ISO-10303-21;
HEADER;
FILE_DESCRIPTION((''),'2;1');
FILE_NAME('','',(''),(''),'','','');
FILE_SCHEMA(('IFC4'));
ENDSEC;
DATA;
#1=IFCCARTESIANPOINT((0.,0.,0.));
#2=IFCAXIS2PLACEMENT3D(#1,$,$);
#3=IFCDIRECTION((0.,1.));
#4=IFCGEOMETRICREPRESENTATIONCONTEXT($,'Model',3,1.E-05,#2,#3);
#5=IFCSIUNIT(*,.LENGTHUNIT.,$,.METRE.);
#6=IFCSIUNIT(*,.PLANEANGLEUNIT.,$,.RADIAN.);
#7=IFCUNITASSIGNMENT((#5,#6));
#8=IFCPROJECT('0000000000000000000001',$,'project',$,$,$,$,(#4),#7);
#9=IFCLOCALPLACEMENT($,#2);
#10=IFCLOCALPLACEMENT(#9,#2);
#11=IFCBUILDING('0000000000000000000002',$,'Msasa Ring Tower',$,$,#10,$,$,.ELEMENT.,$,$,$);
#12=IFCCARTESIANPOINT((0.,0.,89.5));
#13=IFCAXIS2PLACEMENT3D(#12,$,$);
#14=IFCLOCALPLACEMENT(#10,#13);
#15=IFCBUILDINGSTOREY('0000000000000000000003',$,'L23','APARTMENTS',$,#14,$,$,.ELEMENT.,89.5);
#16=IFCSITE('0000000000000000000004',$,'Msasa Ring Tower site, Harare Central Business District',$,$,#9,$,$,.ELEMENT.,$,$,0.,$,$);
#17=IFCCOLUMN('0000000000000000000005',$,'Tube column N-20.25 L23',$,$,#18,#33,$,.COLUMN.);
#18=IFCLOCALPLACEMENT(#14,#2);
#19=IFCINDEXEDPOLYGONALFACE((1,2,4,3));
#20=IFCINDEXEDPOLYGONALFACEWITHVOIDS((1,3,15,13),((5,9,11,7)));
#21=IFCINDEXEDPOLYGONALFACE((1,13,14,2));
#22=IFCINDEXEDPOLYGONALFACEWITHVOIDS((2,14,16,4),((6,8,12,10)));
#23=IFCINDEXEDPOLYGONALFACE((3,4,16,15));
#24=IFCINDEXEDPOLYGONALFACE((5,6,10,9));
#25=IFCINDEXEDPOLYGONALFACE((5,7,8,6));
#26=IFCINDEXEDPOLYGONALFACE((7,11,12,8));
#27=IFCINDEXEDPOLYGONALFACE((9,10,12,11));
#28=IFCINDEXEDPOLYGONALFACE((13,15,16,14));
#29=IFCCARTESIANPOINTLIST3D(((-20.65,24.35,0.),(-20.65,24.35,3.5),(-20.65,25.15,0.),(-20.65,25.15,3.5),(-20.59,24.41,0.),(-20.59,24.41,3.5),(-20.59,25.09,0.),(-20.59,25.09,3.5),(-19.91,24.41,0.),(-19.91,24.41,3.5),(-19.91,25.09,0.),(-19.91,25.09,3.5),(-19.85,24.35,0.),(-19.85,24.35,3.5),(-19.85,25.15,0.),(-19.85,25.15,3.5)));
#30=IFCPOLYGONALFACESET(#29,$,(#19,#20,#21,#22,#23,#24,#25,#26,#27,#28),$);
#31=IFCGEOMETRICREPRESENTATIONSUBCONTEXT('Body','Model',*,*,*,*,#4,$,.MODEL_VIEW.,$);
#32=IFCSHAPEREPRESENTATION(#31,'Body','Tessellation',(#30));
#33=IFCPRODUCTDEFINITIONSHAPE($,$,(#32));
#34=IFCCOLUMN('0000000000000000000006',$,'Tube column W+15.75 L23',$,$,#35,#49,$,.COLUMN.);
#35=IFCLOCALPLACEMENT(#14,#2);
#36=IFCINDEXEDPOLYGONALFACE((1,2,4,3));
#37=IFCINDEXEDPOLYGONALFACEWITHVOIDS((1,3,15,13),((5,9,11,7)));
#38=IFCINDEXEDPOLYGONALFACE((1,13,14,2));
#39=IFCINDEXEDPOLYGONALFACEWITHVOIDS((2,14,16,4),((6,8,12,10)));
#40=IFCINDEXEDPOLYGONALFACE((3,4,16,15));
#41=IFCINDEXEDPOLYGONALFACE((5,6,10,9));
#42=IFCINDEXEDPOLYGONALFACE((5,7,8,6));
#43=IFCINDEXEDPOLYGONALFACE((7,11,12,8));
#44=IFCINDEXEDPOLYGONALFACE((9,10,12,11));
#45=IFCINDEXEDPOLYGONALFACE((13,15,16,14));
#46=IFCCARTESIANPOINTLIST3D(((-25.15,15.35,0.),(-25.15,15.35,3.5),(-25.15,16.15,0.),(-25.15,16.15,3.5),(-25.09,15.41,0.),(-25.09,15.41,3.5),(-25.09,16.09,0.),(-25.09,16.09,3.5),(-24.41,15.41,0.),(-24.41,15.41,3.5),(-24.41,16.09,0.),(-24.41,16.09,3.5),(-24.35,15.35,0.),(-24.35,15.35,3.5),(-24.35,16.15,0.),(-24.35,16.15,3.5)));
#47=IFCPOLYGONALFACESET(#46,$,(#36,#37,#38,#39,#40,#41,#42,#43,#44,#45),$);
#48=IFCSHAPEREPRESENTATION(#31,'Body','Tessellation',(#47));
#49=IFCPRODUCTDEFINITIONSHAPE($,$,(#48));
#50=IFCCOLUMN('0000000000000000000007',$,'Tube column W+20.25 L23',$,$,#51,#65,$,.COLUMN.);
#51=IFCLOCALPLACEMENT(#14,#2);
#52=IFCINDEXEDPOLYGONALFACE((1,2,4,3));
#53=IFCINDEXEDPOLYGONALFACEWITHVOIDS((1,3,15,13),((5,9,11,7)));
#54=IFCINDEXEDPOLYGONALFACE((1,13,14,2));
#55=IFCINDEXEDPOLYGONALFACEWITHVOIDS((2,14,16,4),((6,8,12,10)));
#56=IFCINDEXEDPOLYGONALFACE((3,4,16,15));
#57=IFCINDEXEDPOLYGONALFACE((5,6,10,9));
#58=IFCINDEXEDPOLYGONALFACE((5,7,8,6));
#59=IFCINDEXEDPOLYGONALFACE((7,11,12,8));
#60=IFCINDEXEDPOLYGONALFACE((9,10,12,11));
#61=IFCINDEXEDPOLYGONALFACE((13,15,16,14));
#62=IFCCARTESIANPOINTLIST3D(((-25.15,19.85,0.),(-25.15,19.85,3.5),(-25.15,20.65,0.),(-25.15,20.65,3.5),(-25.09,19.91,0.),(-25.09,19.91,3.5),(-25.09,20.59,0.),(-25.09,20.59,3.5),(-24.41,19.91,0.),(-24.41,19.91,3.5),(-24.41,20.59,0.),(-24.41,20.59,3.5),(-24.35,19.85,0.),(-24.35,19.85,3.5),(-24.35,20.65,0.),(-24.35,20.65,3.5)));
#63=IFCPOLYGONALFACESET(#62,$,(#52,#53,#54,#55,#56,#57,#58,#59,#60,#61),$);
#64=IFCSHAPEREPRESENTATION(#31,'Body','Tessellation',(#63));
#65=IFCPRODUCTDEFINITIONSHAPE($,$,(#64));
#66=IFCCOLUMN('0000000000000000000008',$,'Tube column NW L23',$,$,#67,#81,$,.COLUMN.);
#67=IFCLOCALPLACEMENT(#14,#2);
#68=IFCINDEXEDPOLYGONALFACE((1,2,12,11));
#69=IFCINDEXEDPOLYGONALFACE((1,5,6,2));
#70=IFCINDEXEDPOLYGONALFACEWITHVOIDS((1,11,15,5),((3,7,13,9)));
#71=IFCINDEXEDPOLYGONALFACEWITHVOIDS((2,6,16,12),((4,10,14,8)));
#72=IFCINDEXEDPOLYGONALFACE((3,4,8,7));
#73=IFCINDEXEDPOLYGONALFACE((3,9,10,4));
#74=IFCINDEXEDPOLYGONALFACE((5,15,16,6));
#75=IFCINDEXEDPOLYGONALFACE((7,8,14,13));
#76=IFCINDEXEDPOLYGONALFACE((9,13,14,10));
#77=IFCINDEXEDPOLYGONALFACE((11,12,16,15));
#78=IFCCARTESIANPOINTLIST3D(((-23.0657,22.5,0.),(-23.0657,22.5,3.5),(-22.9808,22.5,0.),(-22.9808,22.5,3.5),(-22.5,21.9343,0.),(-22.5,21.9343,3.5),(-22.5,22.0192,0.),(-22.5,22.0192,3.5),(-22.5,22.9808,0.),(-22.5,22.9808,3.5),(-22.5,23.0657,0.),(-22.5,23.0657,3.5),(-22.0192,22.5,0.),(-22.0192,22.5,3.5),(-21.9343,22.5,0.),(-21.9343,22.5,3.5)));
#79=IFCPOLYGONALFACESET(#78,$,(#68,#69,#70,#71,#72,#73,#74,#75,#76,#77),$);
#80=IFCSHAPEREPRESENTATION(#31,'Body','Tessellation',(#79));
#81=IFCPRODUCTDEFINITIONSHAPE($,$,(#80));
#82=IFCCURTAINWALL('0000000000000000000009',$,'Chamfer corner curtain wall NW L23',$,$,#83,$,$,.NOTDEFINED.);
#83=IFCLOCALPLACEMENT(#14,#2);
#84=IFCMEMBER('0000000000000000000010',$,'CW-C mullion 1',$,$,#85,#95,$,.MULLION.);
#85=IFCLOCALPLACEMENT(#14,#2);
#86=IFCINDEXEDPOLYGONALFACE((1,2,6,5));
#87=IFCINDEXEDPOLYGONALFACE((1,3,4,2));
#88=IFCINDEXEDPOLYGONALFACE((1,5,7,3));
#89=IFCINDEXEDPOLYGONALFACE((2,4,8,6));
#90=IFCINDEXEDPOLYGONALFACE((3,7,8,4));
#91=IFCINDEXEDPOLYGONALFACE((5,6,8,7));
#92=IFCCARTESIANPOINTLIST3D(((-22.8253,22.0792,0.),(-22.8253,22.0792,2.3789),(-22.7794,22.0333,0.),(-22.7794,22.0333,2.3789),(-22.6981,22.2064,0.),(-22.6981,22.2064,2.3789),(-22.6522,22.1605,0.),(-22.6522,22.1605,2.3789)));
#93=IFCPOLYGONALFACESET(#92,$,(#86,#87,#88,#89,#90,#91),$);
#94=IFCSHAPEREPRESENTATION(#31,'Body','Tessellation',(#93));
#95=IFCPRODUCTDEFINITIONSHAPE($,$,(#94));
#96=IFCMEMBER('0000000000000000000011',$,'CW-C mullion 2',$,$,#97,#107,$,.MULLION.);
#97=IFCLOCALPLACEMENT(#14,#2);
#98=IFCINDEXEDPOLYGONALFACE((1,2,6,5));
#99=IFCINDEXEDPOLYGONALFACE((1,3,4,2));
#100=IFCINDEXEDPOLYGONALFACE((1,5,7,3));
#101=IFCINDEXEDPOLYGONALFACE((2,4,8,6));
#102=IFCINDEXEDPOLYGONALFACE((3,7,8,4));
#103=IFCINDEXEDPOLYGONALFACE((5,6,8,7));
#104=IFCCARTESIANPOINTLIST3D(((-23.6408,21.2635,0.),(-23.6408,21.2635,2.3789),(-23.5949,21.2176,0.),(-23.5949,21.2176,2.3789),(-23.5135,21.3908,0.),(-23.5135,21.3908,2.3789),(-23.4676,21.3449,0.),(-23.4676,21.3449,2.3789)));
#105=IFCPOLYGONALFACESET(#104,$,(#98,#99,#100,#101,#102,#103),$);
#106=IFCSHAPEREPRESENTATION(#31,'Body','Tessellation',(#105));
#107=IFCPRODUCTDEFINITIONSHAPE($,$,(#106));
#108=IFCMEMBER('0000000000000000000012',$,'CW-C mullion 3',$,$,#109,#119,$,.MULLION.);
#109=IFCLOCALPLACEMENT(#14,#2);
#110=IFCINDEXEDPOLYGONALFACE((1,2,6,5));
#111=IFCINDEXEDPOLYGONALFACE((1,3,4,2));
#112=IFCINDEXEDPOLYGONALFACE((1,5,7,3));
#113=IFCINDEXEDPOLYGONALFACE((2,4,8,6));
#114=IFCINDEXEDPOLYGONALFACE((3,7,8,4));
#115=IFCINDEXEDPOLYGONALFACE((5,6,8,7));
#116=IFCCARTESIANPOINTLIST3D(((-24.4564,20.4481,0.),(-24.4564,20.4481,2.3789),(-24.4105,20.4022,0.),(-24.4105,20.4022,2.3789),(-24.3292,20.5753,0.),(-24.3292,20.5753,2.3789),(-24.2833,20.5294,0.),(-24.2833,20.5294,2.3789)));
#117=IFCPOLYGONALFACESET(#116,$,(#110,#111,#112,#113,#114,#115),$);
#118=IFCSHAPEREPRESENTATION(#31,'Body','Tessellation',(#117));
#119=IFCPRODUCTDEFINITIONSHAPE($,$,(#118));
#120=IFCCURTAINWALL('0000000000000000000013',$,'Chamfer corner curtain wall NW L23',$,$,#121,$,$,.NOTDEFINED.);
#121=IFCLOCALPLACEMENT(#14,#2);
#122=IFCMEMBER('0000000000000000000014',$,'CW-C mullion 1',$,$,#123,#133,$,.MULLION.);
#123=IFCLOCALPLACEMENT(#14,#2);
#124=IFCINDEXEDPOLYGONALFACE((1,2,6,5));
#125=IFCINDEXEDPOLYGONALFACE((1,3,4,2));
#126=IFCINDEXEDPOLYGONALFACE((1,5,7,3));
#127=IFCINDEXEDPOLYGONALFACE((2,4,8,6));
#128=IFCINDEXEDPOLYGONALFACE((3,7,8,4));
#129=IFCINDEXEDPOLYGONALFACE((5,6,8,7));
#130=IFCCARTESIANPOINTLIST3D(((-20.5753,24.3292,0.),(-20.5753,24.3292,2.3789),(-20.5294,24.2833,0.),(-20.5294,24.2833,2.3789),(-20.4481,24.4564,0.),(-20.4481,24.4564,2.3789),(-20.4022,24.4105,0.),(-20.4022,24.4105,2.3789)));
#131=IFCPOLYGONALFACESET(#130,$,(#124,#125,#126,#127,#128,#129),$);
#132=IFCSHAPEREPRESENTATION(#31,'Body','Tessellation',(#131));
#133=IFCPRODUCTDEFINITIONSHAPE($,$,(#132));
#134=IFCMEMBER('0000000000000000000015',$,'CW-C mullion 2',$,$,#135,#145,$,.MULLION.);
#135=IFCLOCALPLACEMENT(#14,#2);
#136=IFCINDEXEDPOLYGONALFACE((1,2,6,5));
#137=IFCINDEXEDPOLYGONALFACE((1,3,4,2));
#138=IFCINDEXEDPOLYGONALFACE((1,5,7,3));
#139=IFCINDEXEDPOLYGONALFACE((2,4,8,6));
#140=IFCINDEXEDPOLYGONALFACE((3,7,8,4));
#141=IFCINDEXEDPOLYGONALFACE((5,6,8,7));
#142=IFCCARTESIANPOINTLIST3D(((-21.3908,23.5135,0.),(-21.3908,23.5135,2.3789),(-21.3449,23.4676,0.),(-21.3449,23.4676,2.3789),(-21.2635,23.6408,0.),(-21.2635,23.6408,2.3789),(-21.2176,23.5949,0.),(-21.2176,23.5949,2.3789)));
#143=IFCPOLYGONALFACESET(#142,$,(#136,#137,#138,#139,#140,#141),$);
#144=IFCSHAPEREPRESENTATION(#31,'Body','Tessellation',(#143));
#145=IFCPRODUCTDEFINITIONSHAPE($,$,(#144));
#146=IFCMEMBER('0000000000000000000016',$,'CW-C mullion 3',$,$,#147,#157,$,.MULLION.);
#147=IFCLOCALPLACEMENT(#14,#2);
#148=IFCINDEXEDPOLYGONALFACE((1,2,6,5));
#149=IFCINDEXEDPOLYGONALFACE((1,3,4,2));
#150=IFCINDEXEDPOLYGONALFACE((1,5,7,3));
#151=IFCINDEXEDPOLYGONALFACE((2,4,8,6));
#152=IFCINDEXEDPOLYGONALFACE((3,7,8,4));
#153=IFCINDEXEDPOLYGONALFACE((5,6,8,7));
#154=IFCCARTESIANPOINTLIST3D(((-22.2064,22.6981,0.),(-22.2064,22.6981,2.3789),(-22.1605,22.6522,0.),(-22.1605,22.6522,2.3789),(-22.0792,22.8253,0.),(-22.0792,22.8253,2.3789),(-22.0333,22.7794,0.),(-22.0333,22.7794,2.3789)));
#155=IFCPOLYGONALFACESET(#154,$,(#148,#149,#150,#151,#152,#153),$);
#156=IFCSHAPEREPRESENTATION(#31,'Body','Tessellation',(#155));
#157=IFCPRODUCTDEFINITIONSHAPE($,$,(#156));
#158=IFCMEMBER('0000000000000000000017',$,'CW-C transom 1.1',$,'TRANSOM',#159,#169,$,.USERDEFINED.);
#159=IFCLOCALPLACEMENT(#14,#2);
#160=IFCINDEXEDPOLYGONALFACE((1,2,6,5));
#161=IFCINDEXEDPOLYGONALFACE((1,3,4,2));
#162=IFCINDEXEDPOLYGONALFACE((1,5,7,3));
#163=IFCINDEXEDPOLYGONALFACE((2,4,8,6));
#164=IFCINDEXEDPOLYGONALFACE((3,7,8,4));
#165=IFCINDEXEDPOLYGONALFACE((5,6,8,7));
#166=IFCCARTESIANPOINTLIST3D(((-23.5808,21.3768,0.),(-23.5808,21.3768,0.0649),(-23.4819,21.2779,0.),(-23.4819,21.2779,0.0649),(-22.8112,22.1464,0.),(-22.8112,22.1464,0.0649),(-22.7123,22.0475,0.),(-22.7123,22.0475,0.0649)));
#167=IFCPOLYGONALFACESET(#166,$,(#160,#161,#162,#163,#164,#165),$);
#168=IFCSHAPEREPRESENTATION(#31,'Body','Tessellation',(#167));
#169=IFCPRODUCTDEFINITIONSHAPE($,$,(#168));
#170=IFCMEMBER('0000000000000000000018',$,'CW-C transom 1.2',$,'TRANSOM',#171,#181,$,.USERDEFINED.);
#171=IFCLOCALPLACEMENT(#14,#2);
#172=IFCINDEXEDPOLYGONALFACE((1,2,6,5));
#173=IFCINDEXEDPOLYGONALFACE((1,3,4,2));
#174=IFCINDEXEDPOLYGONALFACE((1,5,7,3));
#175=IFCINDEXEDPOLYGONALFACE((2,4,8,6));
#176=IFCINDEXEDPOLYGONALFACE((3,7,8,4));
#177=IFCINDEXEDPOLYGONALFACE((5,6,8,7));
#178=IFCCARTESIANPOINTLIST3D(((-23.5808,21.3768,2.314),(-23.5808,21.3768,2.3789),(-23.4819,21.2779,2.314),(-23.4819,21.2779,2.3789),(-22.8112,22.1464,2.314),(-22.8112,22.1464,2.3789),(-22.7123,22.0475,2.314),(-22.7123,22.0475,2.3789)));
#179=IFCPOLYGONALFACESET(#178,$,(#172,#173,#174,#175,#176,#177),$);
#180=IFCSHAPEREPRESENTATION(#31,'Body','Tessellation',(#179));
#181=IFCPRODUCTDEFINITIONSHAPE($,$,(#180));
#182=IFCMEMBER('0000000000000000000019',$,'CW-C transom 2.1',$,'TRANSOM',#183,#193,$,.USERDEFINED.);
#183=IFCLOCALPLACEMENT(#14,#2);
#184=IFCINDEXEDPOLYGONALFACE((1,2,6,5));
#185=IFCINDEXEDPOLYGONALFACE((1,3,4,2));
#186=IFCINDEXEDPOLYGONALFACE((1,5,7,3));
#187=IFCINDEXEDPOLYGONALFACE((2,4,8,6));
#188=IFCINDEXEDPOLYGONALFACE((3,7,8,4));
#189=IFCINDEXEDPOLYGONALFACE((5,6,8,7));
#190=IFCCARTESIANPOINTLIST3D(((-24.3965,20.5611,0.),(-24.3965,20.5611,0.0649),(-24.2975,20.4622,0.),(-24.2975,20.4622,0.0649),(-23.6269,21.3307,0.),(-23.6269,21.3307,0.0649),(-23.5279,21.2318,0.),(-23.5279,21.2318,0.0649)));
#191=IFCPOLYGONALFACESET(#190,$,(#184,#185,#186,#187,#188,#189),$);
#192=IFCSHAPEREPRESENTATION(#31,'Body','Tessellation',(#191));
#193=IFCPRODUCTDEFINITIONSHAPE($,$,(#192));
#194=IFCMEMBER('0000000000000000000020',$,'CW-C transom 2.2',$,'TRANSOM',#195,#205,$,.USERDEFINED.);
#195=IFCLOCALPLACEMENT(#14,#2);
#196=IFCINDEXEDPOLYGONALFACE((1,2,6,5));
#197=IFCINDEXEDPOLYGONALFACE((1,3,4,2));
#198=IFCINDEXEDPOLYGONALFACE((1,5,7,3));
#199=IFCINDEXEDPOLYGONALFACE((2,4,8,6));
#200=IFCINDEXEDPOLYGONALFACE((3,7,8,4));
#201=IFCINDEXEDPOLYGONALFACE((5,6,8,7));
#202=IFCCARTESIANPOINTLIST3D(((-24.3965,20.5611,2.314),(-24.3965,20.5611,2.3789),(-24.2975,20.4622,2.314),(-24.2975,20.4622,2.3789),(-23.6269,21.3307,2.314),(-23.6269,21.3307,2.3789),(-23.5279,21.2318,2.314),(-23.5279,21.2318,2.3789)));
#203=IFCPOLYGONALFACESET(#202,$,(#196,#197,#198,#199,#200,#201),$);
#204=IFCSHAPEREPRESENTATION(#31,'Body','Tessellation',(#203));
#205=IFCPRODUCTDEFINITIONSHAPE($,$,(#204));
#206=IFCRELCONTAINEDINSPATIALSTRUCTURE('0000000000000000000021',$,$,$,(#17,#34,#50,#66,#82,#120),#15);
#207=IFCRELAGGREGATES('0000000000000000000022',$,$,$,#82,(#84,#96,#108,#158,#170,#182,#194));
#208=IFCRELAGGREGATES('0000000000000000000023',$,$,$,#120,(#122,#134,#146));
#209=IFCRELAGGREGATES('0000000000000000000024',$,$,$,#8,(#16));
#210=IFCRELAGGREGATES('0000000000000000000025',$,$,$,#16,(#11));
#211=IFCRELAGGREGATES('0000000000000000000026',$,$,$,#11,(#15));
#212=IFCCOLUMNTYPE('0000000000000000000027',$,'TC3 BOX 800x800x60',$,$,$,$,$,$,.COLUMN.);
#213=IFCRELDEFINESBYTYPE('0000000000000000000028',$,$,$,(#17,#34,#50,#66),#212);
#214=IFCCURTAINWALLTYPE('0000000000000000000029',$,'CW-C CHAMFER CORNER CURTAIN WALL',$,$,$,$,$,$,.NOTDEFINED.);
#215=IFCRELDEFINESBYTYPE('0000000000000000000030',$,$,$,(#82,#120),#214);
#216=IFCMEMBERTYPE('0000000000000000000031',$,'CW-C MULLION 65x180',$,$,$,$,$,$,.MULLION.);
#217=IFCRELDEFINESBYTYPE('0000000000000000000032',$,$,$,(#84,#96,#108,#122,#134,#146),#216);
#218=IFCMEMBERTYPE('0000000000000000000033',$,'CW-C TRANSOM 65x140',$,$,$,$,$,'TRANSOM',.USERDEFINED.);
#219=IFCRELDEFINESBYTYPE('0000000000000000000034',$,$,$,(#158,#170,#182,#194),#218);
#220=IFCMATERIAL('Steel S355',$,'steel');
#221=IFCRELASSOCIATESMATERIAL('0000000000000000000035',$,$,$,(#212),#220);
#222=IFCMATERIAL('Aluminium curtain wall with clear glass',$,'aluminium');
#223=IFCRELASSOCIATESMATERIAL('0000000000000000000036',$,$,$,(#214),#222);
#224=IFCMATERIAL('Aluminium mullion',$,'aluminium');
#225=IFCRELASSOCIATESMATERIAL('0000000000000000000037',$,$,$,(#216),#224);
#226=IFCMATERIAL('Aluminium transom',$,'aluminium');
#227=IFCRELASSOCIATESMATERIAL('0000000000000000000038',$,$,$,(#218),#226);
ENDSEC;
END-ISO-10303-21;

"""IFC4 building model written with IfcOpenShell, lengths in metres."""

from ifc_helpers import new_model, si_unit, direction, frame, origin, origin_2d, place, context, subcontext, project, spatial, rectangle, hollow_rectangle, extrude, material, material_profile, profile_set, type_object, element, aggregate, save


model = new_model("IFC4")

# Units and contexts
model_context = context("Model", 3, precision=1e-05, world=origin(), true_north=direction((0.0, 1.0)))
body_context = subcontext(model_context, "Body", "Model", "MODEL_VIEW")
ifc_project = project(units=[si_unit("LENGTHUNIT", "METRE"), si_unit("PLANEANGLEUNIT", "RADIAN")], contexts=[model_context])

# Site, building, storey
site_placement = place(None, origin())
site = spatial("IfcSite", under=ifc_project, at=site_placement, Name="Msasa Ring Tower site, Harare Central Business District", CompositionType="ELEMENT", RefElevation=0.0)
building_placement = place(site_placement, origin())
building = spatial("IfcBuilding", under=site, at=building_placement, Name="Msasa Ring Tower", CompositionType="ELEMENT")
storey_placement = place(building_placement, frame((0.0, 0.0, 89.5)))
storey = spatial("IfcBuildingStorey", under=building, at=storey_placement, Name="L23", Description="APARTMENTS", CompositionType="ELEMENT", Elevation=89.5)

# Columns
ifc_material_1 = material(Name="Steel S355", Category="steel")
ifc_material_profile_1 = material_profile(ifc_material_1, hollow_rectangle(XDim=0.8, YDim=0.8, WallThickness=0.0601, at=origin_2d()), Name="BOX 800x800x60")
ifc_profile_set_1 = profile_set([ifc_material_profile_1], Name="Steel S355")
column_type = type_object("IfcColumnType", Name="TC3 BOX 800x800x60", PredefinedType="COLUMN", material=ifc_profile_set_1)
for number, where, z_axis, x_axis, name in (
    (1, (-20.25, 24.75, 0.0), (0.0, 0.0, 1.0), (0.0, 1.0, 0.0), "Tube column N-20.25 L23"),
    (2, (-24.75, 15.75, 0.0), (0.0, 0.0, 1.0), (1.0, 0.0, 0.0), "Tube column W+15.75 L23"),
    (3, (-24.75, 20.25, 0.0), (0.0, 0.0, 1.0), (1.0, 0.0, 0.0), "Tube column W+20.25 L23"),
    (4, (-22.5, 22.5, 0.0), (0.0, 0.0, 1.0), (0.707107, -0.707107, 0.0), "Tube column NW L23"),
):
    element("IfcColumn", number, at=place(storey_placement, frame(where, z_axis=z_axis, x_axis=x_axis)), inside=storey, type_object=column_type, Name=name, PredefinedType="COLUMN", context=body_context, shape_type="SweptSolid", body=[
        extrude(hollow_rectangle(XDim=0.8, YDim=0.8, WallThickness=0.0601, at=origin_2d()), origin(), (0.0, 0.0, 1.0), 3.5),
    ])

# Curtain walls, members
ifc_material_2 = material(Name="Aluminium curtain wall with clear glass", Category="aluminium")
curtain_wall_type = type_object("IfcCurtainWallType", Name="CW-C CHAMFER CORNER CURTAIN WALL", PredefinedType="NOTDEFINED", material=ifc_material_2)
curtain_wall_1_placement = place(storey_placement, origin())
curtain_wall_1 = element("IfcCurtainWall", 5, at=curtain_wall_1_placement, inside=storey, type_object=curtain_wall_type, Name="Chamfer corner curtain wall NW L23", PredefinedType="NOTDEFINED")
ifc_material_3 = material(Name="Aluminium mullion", Category="aluminium")
ifc_material_profile_2 = material_profile(ifc_material_3, rectangle(XDim=0.0649, YDim=0.1799, at=origin_2d()), Name="AL 65x180")
ifc_profile_set_2 = profile_set([ifc_material_profile_2], Name="Aluminium mullion")
member_type_1 = type_object("IfcMemberType", Name="CW-C MULLION 65x180", PredefinedType="MULLION", material=ifc_profile_set_2)
member_1_placement = place(storey_placement, frame((-22.7388, 22.1199, 0.0), z_axis=(0.0, 0.0, 1.0), x_axis=(0.707107, -0.707107, 0.0)))
member_1 = element("IfcMember", 6, at=member_1_placement, type_object=member_type_1, Name="CW-C mullion 1", PredefinedType="MULLION", context=body_context, shape_type="SweptSolid", body=[
    extrude(rectangle(XDim=0.0649, YDim=0.1799, at=origin_2d()), origin(), (0.0, 0.0, 1.0), 2.3789),
])
member_2_placement = place(storey_placement, frame((-23.5542, 21.3042, 0.0), z_axis=(0.0, 0.0, 1.0), x_axis=(0.707107, -0.707107, 0.0)))
member_2 = element("IfcMember", 7, at=member_2_placement, type_object=member_type_1, Name="CW-C mullion 2", PredefinedType="MULLION", context=body_context, shape_type="SweptSolid", body=[
    extrude(rectangle(XDim=0.0649, YDim=0.1799, at=origin_2d()), origin(), (0.0, 0.0, 1.0), 2.3789),
])
member_3_placement = place(storey_placement, frame((-24.3699, 20.4888, 0.0), z_axis=(0.0, 0.0, 1.0), x_axis=(0.707107, -0.707107, 0.0)))
member_3 = element("IfcMember", 8, at=member_3_placement, type_object=member_type_1, Name="CW-C mullion 3", PredefinedType="MULLION", context=body_context, shape_type="SweptSolid", body=[
    extrude(rectangle(XDim=0.0649, YDim=0.1799, at=origin_2d()), origin(), (0.0, 0.0, 1.0), 2.3789),
])
curtain_wall_2_placement = place(storey_placement, origin())
curtain_wall_2 = element("IfcCurtainWall", 9, at=curtain_wall_2_placement, inside=storey, type_object=curtain_wall_type, Name="Chamfer corner curtain wall NW L23", PredefinedType="NOTDEFINED")
member_4_placement = place(storey_placement, frame((-20.4888, 24.3699, 0.0), z_axis=(0.0, 0.0, 1.0), x_axis=(0.707107, -0.707107, 0.0)))
member_4 = element("IfcMember", 10, at=member_4_placement, type_object=member_type_1, Name="CW-C mullion 1", PredefinedType="MULLION", context=body_context, shape_type="SweptSolid", body=[
    extrude(rectangle(XDim=0.0649, YDim=0.1799, at=origin_2d()), origin(), (0.0, 0.0, 1.0), 2.3789),
])
member_5_placement = place(storey_placement, frame((-21.3042, 23.5542, 0.0), z_axis=(0.0, 0.0, 1.0), x_axis=(0.707107, -0.707107, 0.0)))
member_5 = element("IfcMember", 11, at=member_5_placement, type_object=member_type_1, Name="CW-C mullion 2", PredefinedType="MULLION", context=body_context, shape_type="SweptSolid", body=[
    extrude(rectangle(XDim=0.0649, YDim=0.1799, at=origin_2d()), origin(), (0.0, 0.0, 1.0), 2.3789),
])
member_6_placement = place(storey_placement, frame((-22.1199, 22.7388, 0.0), z_axis=(0.0, 0.0, 1.0), x_axis=(0.707107, -0.707107, 0.0)))
member_6 = element("IfcMember", 12, at=member_6_placement, type_object=member_type_1, Name="CW-C mullion 3", PredefinedType="MULLION", context=body_context, shape_type="SweptSolid", body=[
    extrude(rectangle(XDim=0.0649, YDim=0.1799, at=origin_2d()), origin(), (0.0, 0.0, 1.0), 2.3789),
])

# Members
ifc_material_4 = material(Name="Aluminium transom", Category="aluminium")
ifc_material_profile_3 = material_profile(ifc_material_4, rectangle(XDim=0.1399, YDim=0.0649, at=origin_2d()), Name="AL 65x140")
ifc_profile_set_3 = profile_set([ifc_material_profile_3], Name="Aluminium transom")
member_type_2 = type_object("IfcMemberType", Name="CW-C TRANSOM 65x140", ElementType="TRANSOM", PredefinedType="USERDEFINED", material=ifc_profile_set_3)
member_7_placement = place(storey_placement, frame((-22.7617, 22.0969, 0.0325), z_axis=(-0.707107, -0.707107, 0.0), x_axis=(0.707107, -0.707107, 0.0)))
member_7 = element("IfcMember", 13, at=member_7_placement, type_object=member_type_2, Name="CW-C transom 1.1", ObjectType="TRANSOM", PredefinedType="USERDEFINED", context=body_context, shape_type="SweptSolid", body=[
    extrude(rectangle(XDim=0.1399, YDim=0.0649, at=origin_2d()), origin(), (0.0, 0.0, 1.0), 1.0884),
])
member_8_placement = place(storey_placement, frame((-22.7617, 22.0969, 2.3464), z_axis=(-0.707107, -0.707107, 0.0), x_axis=(0.707107, -0.707107, 0.0)))
member_8 = element("IfcMember", 14, at=member_8_placement, type_object=member_type_2, Name="CW-C transom 1.2", ObjectType="TRANSOM", PredefinedType="USERDEFINED", context=body_context, shape_type="SweptSolid", body=[
    extrude(rectangle(XDim=0.1399, YDim=0.0649, at=origin_2d()), origin(), (0.0, 0.0, 1.0), 1.0884),
])
member_9_placement = place(storey_placement, frame((-23.5774, 21.2812, 0.0325), z_axis=(-0.707107, -0.707107, 0.0), x_axis=(0.707107, -0.707107, 0.0)))
member_9 = element("IfcMember", 15, at=member_9_placement, type_object=member_type_2, Name="CW-C transom 2.1", ObjectType="TRANSOM", PredefinedType="USERDEFINED", context=body_context, shape_type="SweptSolid", body=[
    extrude(rectangle(XDim=0.1399, YDim=0.0649, at=origin_2d()), origin(), (0.0, 0.0, 1.0), 1.0884),
])
member_10_placement = place(storey_placement, frame((-23.5774, 21.2812, 2.3464), z_axis=(-0.707107, -0.707107, 0.0), x_axis=(0.707107, -0.707107, 0.0)))
member_10 = element("IfcMember", 16, at=member_10_placement, type_object=member_type_2, Name="CW-C transom 2.2", ObjectType="TRANSOM", PredefinedType="USERDEFINED", context=body_context, shape_type="SweptSolid", body=[
    extrude(rectangle(XDim=0.1399, YDim=0.0649, at=origin_2d()), origin(), (0.0, 0.0, 1.0), 1.0884),
])

aggregate(curtain_wall_1, [member_1, member_2, member_3, member_7, member_8, member_9, member_10])
aggregate(curtain_wall_2, [member_4, member_5, member_6])

save(model, "model.ifc")
